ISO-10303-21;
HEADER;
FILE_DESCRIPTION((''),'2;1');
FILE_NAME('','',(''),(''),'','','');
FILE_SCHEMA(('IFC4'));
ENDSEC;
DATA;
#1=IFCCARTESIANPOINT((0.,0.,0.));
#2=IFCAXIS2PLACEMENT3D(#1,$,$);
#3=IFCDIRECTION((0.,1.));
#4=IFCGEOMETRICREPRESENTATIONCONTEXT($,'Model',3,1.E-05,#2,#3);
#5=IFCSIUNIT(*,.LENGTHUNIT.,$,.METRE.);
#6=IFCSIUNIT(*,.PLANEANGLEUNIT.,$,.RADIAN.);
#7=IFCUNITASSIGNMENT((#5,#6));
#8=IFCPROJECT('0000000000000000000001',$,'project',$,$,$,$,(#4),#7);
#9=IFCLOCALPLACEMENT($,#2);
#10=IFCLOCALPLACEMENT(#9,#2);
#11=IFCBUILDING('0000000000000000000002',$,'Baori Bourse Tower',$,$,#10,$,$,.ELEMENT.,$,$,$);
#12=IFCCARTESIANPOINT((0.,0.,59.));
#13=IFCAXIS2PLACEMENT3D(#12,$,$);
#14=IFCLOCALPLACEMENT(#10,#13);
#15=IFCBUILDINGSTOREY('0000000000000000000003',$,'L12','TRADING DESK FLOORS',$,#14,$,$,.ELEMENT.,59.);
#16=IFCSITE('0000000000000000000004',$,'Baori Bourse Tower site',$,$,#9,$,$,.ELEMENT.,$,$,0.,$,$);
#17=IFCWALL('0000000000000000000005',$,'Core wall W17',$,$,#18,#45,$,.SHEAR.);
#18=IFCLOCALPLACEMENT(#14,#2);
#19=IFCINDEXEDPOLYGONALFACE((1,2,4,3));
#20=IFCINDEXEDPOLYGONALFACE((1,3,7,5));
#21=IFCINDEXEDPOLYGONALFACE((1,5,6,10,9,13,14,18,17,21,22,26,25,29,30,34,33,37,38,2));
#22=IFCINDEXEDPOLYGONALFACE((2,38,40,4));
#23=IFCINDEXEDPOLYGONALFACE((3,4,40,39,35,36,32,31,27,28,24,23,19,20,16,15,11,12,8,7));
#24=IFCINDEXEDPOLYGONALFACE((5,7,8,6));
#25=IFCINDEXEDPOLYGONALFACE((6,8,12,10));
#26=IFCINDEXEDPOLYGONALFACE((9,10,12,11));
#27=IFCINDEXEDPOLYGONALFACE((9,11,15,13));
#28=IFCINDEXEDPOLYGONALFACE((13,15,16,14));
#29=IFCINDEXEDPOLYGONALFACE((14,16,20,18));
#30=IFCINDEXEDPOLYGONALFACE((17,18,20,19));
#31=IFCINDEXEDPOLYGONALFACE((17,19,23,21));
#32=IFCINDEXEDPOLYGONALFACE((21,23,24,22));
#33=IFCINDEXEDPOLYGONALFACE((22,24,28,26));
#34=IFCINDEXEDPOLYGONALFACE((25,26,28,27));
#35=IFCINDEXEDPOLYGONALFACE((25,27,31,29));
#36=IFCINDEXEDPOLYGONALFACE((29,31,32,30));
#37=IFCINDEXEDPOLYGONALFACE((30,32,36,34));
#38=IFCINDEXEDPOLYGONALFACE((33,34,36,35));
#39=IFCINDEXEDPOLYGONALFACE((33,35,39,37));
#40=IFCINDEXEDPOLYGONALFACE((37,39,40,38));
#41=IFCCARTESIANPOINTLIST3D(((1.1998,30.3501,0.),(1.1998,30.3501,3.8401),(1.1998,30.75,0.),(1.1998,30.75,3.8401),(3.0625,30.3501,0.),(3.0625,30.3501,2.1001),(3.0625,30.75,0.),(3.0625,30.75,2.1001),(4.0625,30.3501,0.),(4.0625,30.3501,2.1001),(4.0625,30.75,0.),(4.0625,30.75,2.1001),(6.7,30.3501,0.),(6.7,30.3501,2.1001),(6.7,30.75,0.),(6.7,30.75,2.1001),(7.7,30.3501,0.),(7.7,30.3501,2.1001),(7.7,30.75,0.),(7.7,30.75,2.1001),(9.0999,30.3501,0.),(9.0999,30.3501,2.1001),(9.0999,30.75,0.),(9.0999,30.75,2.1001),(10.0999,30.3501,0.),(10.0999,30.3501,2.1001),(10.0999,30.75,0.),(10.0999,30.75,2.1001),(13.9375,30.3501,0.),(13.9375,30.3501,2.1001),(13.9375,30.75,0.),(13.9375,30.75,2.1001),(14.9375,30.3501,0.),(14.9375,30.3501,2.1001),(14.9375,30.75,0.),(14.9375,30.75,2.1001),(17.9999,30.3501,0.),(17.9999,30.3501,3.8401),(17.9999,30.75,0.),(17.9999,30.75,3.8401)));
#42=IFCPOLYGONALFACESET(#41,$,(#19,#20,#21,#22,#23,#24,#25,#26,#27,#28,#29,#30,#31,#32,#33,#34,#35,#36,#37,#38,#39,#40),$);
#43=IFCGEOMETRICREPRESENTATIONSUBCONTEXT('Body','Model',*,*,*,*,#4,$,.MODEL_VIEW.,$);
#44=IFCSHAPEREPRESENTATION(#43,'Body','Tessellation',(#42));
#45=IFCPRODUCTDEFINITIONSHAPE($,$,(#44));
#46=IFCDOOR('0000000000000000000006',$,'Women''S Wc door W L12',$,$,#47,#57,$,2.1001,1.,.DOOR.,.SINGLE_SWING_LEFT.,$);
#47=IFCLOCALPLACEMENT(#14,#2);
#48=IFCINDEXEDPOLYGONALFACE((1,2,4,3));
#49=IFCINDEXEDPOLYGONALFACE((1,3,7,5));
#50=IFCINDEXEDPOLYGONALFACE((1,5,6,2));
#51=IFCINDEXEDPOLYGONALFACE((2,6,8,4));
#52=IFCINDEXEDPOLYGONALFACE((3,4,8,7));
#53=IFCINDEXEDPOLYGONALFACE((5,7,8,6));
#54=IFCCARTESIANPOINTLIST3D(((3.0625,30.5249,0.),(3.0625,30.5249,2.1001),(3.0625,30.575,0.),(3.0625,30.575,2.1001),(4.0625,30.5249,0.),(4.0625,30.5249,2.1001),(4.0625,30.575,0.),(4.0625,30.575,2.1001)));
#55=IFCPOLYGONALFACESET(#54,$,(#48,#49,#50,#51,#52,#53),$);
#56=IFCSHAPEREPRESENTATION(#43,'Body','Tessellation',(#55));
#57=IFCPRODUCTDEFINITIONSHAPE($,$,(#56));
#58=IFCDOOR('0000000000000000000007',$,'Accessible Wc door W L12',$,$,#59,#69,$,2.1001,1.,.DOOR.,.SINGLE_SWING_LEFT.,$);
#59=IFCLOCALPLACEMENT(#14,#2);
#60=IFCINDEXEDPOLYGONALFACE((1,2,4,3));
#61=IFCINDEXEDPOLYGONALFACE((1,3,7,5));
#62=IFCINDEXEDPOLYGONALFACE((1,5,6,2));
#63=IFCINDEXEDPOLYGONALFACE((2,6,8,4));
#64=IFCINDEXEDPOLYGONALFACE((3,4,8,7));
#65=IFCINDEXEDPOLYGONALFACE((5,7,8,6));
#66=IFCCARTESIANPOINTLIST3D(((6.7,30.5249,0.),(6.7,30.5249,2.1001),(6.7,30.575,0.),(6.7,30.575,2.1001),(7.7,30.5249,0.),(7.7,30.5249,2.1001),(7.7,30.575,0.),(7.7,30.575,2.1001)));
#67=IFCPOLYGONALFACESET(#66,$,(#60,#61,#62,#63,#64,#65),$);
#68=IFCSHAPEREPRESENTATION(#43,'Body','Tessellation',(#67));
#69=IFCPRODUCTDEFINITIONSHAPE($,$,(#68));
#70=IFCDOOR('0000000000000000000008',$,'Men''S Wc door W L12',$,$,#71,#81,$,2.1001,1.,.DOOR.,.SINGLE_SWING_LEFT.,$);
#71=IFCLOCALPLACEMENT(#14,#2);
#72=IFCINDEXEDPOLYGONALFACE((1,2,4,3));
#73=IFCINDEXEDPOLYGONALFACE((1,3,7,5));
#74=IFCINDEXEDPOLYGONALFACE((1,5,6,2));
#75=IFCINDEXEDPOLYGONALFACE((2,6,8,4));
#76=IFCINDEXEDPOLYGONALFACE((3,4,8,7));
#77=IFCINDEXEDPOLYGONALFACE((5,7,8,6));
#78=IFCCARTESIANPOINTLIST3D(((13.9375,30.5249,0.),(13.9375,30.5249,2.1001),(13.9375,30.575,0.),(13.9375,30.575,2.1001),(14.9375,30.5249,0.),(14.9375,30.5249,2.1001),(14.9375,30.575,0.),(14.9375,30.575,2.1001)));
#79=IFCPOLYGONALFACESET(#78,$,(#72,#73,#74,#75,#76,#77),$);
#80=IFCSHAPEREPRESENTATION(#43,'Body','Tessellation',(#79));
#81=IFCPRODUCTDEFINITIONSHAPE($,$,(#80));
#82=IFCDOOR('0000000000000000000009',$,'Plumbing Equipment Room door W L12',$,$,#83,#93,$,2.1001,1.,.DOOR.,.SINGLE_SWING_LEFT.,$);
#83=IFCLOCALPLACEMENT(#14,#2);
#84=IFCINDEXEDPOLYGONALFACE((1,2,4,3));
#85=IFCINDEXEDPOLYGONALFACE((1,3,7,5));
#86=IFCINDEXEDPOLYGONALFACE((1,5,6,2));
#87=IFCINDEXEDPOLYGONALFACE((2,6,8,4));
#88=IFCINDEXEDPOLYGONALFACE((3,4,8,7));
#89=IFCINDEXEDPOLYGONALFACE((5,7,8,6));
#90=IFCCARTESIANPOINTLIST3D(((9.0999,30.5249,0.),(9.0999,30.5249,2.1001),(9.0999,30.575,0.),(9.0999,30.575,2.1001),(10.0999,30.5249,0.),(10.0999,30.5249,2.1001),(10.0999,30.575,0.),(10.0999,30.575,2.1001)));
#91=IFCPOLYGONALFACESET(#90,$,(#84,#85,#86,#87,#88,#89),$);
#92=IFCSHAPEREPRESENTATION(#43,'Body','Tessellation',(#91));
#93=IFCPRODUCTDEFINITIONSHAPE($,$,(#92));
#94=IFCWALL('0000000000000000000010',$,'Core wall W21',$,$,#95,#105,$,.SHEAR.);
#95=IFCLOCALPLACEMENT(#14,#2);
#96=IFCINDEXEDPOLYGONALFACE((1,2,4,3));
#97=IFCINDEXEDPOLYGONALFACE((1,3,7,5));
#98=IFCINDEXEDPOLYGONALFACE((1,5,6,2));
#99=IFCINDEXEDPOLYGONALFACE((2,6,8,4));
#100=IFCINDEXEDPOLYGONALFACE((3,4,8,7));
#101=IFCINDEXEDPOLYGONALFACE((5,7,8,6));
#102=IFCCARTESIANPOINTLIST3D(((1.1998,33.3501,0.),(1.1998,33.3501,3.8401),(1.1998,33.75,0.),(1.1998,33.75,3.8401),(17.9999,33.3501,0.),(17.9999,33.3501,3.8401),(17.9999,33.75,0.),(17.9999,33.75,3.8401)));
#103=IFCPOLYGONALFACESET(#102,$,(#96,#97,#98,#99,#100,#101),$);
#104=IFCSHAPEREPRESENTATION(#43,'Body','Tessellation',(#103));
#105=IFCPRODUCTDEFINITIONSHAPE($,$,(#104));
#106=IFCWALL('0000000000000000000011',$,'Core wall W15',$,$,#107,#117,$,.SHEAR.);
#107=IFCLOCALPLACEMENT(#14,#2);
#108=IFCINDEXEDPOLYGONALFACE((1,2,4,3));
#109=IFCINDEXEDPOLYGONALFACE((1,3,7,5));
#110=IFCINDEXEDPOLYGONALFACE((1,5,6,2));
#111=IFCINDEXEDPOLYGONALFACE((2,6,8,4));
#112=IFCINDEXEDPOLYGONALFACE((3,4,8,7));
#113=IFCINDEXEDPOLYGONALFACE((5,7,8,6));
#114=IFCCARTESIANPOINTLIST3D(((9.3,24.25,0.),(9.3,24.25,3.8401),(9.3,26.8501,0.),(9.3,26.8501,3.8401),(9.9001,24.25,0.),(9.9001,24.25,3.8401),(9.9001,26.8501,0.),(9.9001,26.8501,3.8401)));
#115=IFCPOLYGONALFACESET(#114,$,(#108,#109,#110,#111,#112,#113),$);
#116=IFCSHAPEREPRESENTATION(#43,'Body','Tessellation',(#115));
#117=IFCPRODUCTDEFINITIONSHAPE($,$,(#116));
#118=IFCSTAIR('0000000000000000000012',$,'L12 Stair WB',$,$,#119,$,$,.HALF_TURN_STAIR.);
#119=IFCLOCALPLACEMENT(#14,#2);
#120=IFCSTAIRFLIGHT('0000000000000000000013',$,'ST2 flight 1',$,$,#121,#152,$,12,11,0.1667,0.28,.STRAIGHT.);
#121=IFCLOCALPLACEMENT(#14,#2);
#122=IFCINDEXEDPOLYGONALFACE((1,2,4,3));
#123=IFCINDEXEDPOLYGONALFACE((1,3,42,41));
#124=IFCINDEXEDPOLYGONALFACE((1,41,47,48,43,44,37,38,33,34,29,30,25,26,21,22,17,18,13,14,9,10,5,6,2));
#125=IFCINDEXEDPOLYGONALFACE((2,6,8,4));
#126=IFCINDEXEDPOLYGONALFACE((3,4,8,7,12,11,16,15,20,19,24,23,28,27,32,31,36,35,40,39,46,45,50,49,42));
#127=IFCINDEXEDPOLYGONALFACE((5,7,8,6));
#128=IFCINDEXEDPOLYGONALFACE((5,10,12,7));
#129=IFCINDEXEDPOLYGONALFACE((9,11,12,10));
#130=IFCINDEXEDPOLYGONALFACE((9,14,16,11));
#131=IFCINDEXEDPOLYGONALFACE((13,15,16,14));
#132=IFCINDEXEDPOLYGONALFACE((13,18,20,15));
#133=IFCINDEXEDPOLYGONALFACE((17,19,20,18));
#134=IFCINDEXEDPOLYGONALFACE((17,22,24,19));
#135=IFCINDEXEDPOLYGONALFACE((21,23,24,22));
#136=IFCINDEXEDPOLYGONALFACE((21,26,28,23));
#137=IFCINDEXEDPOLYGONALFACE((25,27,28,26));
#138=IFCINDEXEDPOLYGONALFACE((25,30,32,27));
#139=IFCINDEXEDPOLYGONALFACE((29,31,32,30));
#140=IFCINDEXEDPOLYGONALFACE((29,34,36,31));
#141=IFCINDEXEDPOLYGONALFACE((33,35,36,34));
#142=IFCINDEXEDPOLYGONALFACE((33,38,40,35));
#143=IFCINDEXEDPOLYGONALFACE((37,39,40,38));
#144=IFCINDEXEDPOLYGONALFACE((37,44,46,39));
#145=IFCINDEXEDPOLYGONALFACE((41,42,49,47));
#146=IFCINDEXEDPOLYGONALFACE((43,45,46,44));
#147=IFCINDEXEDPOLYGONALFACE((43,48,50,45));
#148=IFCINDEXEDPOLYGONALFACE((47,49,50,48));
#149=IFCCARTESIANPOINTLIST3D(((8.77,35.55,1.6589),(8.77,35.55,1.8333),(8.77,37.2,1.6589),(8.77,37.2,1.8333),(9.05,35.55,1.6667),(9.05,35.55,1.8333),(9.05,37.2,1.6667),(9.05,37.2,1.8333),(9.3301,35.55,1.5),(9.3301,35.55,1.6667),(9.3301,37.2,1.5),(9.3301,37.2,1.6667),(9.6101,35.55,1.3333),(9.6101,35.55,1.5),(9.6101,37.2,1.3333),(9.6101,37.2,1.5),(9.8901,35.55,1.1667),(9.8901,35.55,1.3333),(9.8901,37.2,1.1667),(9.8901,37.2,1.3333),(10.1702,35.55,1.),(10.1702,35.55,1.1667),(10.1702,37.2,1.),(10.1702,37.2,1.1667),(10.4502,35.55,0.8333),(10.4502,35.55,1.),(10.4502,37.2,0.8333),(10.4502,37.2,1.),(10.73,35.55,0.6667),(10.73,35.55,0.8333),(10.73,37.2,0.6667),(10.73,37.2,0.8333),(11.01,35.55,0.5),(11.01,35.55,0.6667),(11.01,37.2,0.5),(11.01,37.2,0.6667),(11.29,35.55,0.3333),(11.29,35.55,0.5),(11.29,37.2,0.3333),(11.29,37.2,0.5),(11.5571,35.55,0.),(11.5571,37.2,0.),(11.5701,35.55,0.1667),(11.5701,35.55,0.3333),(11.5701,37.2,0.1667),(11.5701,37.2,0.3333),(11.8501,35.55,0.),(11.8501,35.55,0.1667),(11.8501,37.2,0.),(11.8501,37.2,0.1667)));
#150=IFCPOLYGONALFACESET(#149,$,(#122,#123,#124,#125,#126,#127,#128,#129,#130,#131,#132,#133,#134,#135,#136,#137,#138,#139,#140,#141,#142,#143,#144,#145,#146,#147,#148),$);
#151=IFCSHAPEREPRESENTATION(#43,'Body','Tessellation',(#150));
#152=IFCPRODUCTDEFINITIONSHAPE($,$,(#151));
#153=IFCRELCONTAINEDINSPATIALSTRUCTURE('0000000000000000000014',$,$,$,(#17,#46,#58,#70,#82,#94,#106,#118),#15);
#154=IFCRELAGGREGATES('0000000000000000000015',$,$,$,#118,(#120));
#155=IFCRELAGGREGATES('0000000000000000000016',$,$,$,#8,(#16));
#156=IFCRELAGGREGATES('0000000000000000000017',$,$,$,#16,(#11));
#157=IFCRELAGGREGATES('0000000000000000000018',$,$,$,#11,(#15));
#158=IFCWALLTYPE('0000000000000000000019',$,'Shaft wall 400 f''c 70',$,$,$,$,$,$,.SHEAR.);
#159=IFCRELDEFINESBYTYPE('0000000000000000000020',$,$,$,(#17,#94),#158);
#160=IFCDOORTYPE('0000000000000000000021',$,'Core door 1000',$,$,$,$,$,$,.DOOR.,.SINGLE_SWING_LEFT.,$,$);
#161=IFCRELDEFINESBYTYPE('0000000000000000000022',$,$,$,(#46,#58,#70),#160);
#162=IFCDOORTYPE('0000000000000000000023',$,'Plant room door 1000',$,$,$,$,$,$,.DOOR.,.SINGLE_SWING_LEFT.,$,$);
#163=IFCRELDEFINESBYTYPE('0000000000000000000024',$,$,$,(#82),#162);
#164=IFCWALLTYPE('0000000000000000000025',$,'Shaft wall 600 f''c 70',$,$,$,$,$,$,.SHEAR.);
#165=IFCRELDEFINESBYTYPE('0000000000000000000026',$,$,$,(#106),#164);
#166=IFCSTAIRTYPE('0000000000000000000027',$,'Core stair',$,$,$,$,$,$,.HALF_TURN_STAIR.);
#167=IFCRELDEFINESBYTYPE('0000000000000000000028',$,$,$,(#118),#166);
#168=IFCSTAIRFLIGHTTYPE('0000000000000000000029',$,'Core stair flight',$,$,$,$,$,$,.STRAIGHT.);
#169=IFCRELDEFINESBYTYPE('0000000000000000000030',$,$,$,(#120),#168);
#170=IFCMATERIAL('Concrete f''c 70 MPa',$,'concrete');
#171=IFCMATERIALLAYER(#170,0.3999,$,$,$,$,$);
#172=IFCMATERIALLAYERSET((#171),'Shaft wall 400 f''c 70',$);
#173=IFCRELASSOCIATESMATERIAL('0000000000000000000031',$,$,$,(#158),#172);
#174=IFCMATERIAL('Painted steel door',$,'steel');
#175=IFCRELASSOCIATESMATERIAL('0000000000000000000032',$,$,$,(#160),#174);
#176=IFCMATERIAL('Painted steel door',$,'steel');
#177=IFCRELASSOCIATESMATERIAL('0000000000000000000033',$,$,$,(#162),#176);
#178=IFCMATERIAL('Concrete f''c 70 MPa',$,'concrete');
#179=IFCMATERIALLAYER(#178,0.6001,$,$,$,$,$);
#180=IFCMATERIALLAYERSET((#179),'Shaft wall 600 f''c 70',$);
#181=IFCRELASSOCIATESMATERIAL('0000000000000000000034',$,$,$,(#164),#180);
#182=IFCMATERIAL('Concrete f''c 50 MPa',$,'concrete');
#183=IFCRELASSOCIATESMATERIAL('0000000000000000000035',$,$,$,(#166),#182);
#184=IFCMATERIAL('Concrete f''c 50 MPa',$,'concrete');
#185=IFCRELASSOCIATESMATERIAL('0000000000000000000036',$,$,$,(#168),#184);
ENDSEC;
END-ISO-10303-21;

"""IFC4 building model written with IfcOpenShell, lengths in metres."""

from ifc_helpers import new_model, si_unit, direction, frame, frame_2d, origin, place, context, subcontext, project, spatial, polyline, rectangle, outline, extrude, material, layer, layer_set, type_object, element, fill, aggregate, save


model = new_model("IFC4")

# Units and contexts
model_context = context("Model", 3, precision=1e-05, world=origin(), true_north=direction((0.0, 1.0)))
body_context = subcontext(model_context, "Body", "Model", "MODEL_VIEW")
ifc_project = project(units=[si_unit("LENGTHUNIT", "METRE"), si_unit("PLANEANGLEUNIT", "RADIAN")], contexts=[model_context])

# Site, building, storey
site_placement = place(None, origin())
site = spatial("IfcSite", under=ifc_project, at=site_placement, Name="Baori Bourse Tower site", CompositionType="ELEMENT", RefElevation=0.0)
building_placement = place(site_placement, origin())
building = spatial("IfcBuilding", under=site, at=building_placement, Name="Baori Bourse Tower", CompositionType="ELEMENT")
storey_placement = place(building_placement, frame((0.0, 0.0, 59.0)))
storey = spatial("IfcBuildingStorey", under=building, at=storey_placement, Name="L12", Description="TRADING DESK FLOORS", CompositionType="ELEMENT", Elevation=59.0)

# Shared definitions
ifc_material_1 = material(Name="Concrete f'c 70 MPa", Category="concrete")
ifc_layer_1 = layer(ifc_material_1, 0.3999)
ifc_layer_set_1 = layer_set([ifc_layer_1], Name="Shaft wall 400 f'c 70")
wall_type_1 = type_object("IfcWallType", Name="Shaft wall 400 f'c 70", PredefinedType="SHEAR", material=ifc_layer_set_1)

# Wall, openings, doors
wall_1_placement = place(storey_placement, frame((1.2, 30.55, 0.0), z_axis=(0.0, 0.0, 1.0), x_axis=(1.0, 0.0, 0.0)))
wall_1 = element("IfcWall", 1, at=wall_1_placement, inside=storey, type_object=wall_type_1, Name="Core wall W17", PredefinedType="SHEAR", context=body_context, shape_type="SweptSolid", body=[
    extrude(rectangle(XDim=16.8, YDim=0.3999, at=frame_2d((8.3999, 0.0))), origin(), (0.0, 0.0, 1.0), 3.8401),
])
opening_1_placement = place(wall_1_placement, frame((1.8625, 0.0, 0.0)))
opening_1 = element("IfcOpeningElement", 2, at=opening_1_placement, cuts=wall_1, PredefinedType="OPENING", context=body_context, shape_type="SweptSolid", body=[
    extrude(rectangle(XDim=1.0, YDim=2.1001, at=frame_2d((0.5, 1.05))), frame((0.0, 0.21, 0.0), z_axis=(0.0, -1.0, 0.0), x_axis=(1.0, 0.0, 0.0)), (0.0, 0.0, 1.0), 0.4199),
])
opening_2_placement = place(wall_1_placement, frame((5.5, 0.0, 0.0)))
opening_2 = element("IfcOpeningElement", 3, at=opening_2_placement, cuts=wall_1, PredefinedType="OPENING", context=body_context, shape_type="SweptSolid", body=[
    extrude(rectangle(XDim=1.0, YDim=2.1001, at=frame_2d((0.5, 1.05))), frame((0.0, 0.21, 0.0), z_axis=(0.0, -1.0, 0.0), x_axis=(1.0, 0.0, 0.0)), (0.0, 0.0, 1.0), 0.4199),
])
opening_3_placement = place(wall_1_placement, frame((7.8999, 0.0, 0.0)))
opening_3 = element("IfcOpeningElement", 4, at=opening_3_placement, cuts=wall_1, PredefinedType="OPENING", context=body_context, shape_type="SweptSolid", body=[
    extrude(rectangle(XDim=1.0, YDim=2.1001, at=frame_2d((0.5, 1.05))), frame((0.0, 0.21, 0.0), z_axis=(0.0, -1.0, 0.0), x_axis=(1.0, 0.0, 0.0)), (0.0, 0.0, 1.0), 0.4199),
])
opening_4_placement = place(wall_1_placement, frame((12.7375, 0.0, 0.0)))
opening_4 = element("IfcOpeningElement", 5, at=opening_4_placement, cuts=wall_1, PredefinedType="OPENING", context=body_context, shape_type="SweptSolid", body=[
    extrude(rectangle(XDim=1.0, YDim=2.1001, at=frame_2d((0.5, 1.05))), frame((0.0, 0.21, 0.0), z_axis=(0.0, -1.0, 0.0), x_axis=(1.0, 0.0, 0.0)), (0.0, 0.0, 1.0), 0.4199),
])
ifc_material_2 = material(Name="Painted steel door", Category="steel")
door_type_1 = type_object("IfcDoorType", Name="Core door 1000", OperationType="SINGLE_SWING_LEFT", PredefinedType="DOOR", material=ifc_material_2)
door_1_placement = place(opening_1_placement, origin())
door_1 = element("IfcDoor", 6, at=door_1_placement, inside=storey, type_object=door_type_1, Name="Women'S Wc door W L12", OperationType="SINGLE_SWING_LEFT", OverallHeight=2.1001, OverallWidth=1.0, PredefinedType="DOOR", context=body_context, shape_type="SweptSolid", body=[
    extrude(rectangle(XDim=1.0, YDim=2.1001, at=frame_2d((0.5, 1.05))), frame((0.0, 0.0249, 0.0), z_axis=(0.0, -1.0, 0.0), x_axis=(1.0, 0.0, 0.0)), (0.0, 0.0, 1.0), 0.05),
])
fill(opening_1, door_1)
door_2_placement = place(opening_2_placement, origin())
door_2 = element("IfcDoor", 7, at=door_2_placement, inside=storey, type_object=door_type_1, Name="Accessible Wc door W L12", OperationType="SINGLE_SWING_LEFT", OverallHeight=2.1001, OverallWidth=1.0, PredefinedType="DOOR", context=body_context, shape_type="SweptSolid", body=[
    extrude(rectangle(XDim=1.0, YDim=2.1001, at=frame_2d((0.5, 1.05))), frame((0.0, 0.0249, 0.0), z_axis=(0.0, -1.0, 0.0), x_axis=(1.0, 0.0, 0.0)), (0.0, 0.0, 1.0), 0.05),
])
fill(opening_2, door_2)
door_3_placement = place(opening_4_placement, origin())
door_3 = element("IfcDoor", 8, at=door_3_placement, inside=storey, type_object=door_type_1, Name="Men'S Wc door W L12", OperationType="SINGLE_SWING_LEFT", OverallHeight=2.1001, OverallWidth=1.0, PredefinedType="DOOR", context=body_context, shape_type="SweptSolid", body=[
    extrude(rectangle(XDim=1.0, YDim=2.1001, at=frame_2d((0.5, 1.05))), frame((0.0, 0.0249, 0.0), z_axis=(0.0, -1.0, 0.0), x_axis=(1.0, 0.0, 0.0)), (0.0, 0.0, 1.0), 0.05),
])
fill(opening_4, door_3)
ifc_material_3 = material(Name="Painted steel door", Category="steel")
door_type_2 = type_object("IfcDoorType", Name="Plant room door 1000", OperationType="SINGLE_SWING_LEFT", PredefinedType="DOOR", material=ifc_material_3)
door_4_placement = place(opening_3_placement, origin())
door_4 = element("IfcDoor", 9, at=door_4_placement, inside=storey, type_object=door_type_2, Name="Plumbing Equipment Room door W L12", OperationType="SINGLE_SWING_LEFT", OverallHeight=2.1001, OverallWidth=1.0, PredefinedType="DOOR", context=body_context, shape_type="SweptSolid", body=[
    extrude(rectangle(XDim=1.0, YDim=2.1001, at=frame_2d((0.5, 1.05))), frame((0.0, 0.0249, 0.0), z_axis=(0.0, -1.0, 0.0), x_axis=(1.0, 0.0, 0.0)), (0.0, 0.0, 1.0), 0.05),
])
fill(opening_3, door_4)

# Walls
wall_2_placement = place(storey_placement, frame((1.2, 33.55, 0.0), z_axis=(0.0, 0.0, 1.0), x_axis=(1.0, 0.0, 0.0)))
element("IfcWall", 10, at=wall_2_placement, inside=storey, type_object=wall_type_1, Name="Core wall W21", PredefinedType="SHEAR", context=body_context, shape_type="SweptSolid", body=[
    extrude(rectangle(XDim=16.8, YDim=0.3999, at=frame_2d((8.3999, 0.0))), origin(), (0.0, 0.0, 1.0), 3.8401),
])
ifc_material_4 = material(Name="Concrete f'c 70 MPa", Category="concrete")
ifc_layer_2 = layer(ifc_material_4, 0.6001)
ifc_layer_set_2 = layer_set([ifc_layer_2], Name="Shaft wall 600 f'c 70")
wall_type_2 = type_object("IfcWallType", Name="Shaft wall 600 f'c 70", PredefinedType="SHEAR", material=ifc_layer_set_2)
wall_3_placement = place(storey_placement, frame((9.6001, 24.25, 0.0), z_axis=(0.0, 0.0, 1.0), x_axis=(0.0, 1.0, 0.0)))
element("IfcWall", 11, at=wall_3_placement, inside=storey, type_object=wall_type_2, Name="Core wall W15", PredefinedType="SHEAR", context=body_context, shape_type="SweptSolid", body=[
    extrude(rectangle(XDim=2.6001, YDim=0.6001, at=frame_2d((1.3, 0.0))), origin(), (0.0, 0.0, 1.0), 3.8401),
])

# Stair, stair flight
ifc_material_5 = material(Name="Concrete f'c 50 MPa", Category="concrete")
stair_type = type_object("IfcStairType", Name="Core stair", PredefinedType="HALF_TURN_STAIR", material=ifc_material_5)
stair_placement = place(storey_placement, origin())
stair = element("IfcStair", 12, at=stair_placement, inside=storey, type_object=stair_type, Name="L12 Stair WB", PredefinedType="HALF_TURN_STAIR")
ifc_material_6 = material(Name="Concrete f'c 50 MPa", Category="concrete")
stair_flight_type = type_object("IfcStairFlightType", Name="Core stair flight", PredefinedType="STRAIGHT", material=ifc_material_6)
stair_flight_1_placement = place(storey_placement, frame((11.8501, 36.375, 0.0), z_axis=(0.0, 0.0, 1.0), x_axis=(-1.0, 0.0, 0.0)))
stair_flight_1 = element("IfcStairFlight", 13, at=stair_flight_1_placement, type_object=stair_flight_type, Name="ST2 flight 1", NumberOfRisers=12, NumberOfTreads=11, PredefinedType="STRAIGHT", RiserHeight=0.1667, TreadLength=0.28, context=body_context, shape_type="SweptSolid", body=[
    extrude(outline(polyline([(0.0, 0.0), (0.0, 0.1667), (0.28, 0.1667), (0.28, 0.3333), (0.5601, 0.3333), (0.5601, 0.5), (0.8401, 0.5), (0.8401, 0.6667), (1.1201, 0.6667), (1.1201, 0.8333), (1.3999, 0.8333), (1.3999, 1.0), (1.6799, 1.0), (1.6799, 1.1667), (1.96, 1.1667), (1.96, 1.3333), (2.24, 1.3333), (2.24, 1.5), (2.52, 1.5), (2.52, 1.6667), (2.8, 1.6667), (2.8, 1.8333), (3.0801, 1.8333), (3.0801, 2.0), (3.0801, 1.6589), (0.293, 0.0), (0.0, 0.0)])), frame((0.0, 0.825, 0.0), z_axis=(0.0, -1.0, 0.0), x_axis=(1.0, 0.0, 0.0)), (0.0, 0.0, 1.0), 1.6499),
])
aggregate(stair, [stair_flight_1])

save(model, "model.ifc")
